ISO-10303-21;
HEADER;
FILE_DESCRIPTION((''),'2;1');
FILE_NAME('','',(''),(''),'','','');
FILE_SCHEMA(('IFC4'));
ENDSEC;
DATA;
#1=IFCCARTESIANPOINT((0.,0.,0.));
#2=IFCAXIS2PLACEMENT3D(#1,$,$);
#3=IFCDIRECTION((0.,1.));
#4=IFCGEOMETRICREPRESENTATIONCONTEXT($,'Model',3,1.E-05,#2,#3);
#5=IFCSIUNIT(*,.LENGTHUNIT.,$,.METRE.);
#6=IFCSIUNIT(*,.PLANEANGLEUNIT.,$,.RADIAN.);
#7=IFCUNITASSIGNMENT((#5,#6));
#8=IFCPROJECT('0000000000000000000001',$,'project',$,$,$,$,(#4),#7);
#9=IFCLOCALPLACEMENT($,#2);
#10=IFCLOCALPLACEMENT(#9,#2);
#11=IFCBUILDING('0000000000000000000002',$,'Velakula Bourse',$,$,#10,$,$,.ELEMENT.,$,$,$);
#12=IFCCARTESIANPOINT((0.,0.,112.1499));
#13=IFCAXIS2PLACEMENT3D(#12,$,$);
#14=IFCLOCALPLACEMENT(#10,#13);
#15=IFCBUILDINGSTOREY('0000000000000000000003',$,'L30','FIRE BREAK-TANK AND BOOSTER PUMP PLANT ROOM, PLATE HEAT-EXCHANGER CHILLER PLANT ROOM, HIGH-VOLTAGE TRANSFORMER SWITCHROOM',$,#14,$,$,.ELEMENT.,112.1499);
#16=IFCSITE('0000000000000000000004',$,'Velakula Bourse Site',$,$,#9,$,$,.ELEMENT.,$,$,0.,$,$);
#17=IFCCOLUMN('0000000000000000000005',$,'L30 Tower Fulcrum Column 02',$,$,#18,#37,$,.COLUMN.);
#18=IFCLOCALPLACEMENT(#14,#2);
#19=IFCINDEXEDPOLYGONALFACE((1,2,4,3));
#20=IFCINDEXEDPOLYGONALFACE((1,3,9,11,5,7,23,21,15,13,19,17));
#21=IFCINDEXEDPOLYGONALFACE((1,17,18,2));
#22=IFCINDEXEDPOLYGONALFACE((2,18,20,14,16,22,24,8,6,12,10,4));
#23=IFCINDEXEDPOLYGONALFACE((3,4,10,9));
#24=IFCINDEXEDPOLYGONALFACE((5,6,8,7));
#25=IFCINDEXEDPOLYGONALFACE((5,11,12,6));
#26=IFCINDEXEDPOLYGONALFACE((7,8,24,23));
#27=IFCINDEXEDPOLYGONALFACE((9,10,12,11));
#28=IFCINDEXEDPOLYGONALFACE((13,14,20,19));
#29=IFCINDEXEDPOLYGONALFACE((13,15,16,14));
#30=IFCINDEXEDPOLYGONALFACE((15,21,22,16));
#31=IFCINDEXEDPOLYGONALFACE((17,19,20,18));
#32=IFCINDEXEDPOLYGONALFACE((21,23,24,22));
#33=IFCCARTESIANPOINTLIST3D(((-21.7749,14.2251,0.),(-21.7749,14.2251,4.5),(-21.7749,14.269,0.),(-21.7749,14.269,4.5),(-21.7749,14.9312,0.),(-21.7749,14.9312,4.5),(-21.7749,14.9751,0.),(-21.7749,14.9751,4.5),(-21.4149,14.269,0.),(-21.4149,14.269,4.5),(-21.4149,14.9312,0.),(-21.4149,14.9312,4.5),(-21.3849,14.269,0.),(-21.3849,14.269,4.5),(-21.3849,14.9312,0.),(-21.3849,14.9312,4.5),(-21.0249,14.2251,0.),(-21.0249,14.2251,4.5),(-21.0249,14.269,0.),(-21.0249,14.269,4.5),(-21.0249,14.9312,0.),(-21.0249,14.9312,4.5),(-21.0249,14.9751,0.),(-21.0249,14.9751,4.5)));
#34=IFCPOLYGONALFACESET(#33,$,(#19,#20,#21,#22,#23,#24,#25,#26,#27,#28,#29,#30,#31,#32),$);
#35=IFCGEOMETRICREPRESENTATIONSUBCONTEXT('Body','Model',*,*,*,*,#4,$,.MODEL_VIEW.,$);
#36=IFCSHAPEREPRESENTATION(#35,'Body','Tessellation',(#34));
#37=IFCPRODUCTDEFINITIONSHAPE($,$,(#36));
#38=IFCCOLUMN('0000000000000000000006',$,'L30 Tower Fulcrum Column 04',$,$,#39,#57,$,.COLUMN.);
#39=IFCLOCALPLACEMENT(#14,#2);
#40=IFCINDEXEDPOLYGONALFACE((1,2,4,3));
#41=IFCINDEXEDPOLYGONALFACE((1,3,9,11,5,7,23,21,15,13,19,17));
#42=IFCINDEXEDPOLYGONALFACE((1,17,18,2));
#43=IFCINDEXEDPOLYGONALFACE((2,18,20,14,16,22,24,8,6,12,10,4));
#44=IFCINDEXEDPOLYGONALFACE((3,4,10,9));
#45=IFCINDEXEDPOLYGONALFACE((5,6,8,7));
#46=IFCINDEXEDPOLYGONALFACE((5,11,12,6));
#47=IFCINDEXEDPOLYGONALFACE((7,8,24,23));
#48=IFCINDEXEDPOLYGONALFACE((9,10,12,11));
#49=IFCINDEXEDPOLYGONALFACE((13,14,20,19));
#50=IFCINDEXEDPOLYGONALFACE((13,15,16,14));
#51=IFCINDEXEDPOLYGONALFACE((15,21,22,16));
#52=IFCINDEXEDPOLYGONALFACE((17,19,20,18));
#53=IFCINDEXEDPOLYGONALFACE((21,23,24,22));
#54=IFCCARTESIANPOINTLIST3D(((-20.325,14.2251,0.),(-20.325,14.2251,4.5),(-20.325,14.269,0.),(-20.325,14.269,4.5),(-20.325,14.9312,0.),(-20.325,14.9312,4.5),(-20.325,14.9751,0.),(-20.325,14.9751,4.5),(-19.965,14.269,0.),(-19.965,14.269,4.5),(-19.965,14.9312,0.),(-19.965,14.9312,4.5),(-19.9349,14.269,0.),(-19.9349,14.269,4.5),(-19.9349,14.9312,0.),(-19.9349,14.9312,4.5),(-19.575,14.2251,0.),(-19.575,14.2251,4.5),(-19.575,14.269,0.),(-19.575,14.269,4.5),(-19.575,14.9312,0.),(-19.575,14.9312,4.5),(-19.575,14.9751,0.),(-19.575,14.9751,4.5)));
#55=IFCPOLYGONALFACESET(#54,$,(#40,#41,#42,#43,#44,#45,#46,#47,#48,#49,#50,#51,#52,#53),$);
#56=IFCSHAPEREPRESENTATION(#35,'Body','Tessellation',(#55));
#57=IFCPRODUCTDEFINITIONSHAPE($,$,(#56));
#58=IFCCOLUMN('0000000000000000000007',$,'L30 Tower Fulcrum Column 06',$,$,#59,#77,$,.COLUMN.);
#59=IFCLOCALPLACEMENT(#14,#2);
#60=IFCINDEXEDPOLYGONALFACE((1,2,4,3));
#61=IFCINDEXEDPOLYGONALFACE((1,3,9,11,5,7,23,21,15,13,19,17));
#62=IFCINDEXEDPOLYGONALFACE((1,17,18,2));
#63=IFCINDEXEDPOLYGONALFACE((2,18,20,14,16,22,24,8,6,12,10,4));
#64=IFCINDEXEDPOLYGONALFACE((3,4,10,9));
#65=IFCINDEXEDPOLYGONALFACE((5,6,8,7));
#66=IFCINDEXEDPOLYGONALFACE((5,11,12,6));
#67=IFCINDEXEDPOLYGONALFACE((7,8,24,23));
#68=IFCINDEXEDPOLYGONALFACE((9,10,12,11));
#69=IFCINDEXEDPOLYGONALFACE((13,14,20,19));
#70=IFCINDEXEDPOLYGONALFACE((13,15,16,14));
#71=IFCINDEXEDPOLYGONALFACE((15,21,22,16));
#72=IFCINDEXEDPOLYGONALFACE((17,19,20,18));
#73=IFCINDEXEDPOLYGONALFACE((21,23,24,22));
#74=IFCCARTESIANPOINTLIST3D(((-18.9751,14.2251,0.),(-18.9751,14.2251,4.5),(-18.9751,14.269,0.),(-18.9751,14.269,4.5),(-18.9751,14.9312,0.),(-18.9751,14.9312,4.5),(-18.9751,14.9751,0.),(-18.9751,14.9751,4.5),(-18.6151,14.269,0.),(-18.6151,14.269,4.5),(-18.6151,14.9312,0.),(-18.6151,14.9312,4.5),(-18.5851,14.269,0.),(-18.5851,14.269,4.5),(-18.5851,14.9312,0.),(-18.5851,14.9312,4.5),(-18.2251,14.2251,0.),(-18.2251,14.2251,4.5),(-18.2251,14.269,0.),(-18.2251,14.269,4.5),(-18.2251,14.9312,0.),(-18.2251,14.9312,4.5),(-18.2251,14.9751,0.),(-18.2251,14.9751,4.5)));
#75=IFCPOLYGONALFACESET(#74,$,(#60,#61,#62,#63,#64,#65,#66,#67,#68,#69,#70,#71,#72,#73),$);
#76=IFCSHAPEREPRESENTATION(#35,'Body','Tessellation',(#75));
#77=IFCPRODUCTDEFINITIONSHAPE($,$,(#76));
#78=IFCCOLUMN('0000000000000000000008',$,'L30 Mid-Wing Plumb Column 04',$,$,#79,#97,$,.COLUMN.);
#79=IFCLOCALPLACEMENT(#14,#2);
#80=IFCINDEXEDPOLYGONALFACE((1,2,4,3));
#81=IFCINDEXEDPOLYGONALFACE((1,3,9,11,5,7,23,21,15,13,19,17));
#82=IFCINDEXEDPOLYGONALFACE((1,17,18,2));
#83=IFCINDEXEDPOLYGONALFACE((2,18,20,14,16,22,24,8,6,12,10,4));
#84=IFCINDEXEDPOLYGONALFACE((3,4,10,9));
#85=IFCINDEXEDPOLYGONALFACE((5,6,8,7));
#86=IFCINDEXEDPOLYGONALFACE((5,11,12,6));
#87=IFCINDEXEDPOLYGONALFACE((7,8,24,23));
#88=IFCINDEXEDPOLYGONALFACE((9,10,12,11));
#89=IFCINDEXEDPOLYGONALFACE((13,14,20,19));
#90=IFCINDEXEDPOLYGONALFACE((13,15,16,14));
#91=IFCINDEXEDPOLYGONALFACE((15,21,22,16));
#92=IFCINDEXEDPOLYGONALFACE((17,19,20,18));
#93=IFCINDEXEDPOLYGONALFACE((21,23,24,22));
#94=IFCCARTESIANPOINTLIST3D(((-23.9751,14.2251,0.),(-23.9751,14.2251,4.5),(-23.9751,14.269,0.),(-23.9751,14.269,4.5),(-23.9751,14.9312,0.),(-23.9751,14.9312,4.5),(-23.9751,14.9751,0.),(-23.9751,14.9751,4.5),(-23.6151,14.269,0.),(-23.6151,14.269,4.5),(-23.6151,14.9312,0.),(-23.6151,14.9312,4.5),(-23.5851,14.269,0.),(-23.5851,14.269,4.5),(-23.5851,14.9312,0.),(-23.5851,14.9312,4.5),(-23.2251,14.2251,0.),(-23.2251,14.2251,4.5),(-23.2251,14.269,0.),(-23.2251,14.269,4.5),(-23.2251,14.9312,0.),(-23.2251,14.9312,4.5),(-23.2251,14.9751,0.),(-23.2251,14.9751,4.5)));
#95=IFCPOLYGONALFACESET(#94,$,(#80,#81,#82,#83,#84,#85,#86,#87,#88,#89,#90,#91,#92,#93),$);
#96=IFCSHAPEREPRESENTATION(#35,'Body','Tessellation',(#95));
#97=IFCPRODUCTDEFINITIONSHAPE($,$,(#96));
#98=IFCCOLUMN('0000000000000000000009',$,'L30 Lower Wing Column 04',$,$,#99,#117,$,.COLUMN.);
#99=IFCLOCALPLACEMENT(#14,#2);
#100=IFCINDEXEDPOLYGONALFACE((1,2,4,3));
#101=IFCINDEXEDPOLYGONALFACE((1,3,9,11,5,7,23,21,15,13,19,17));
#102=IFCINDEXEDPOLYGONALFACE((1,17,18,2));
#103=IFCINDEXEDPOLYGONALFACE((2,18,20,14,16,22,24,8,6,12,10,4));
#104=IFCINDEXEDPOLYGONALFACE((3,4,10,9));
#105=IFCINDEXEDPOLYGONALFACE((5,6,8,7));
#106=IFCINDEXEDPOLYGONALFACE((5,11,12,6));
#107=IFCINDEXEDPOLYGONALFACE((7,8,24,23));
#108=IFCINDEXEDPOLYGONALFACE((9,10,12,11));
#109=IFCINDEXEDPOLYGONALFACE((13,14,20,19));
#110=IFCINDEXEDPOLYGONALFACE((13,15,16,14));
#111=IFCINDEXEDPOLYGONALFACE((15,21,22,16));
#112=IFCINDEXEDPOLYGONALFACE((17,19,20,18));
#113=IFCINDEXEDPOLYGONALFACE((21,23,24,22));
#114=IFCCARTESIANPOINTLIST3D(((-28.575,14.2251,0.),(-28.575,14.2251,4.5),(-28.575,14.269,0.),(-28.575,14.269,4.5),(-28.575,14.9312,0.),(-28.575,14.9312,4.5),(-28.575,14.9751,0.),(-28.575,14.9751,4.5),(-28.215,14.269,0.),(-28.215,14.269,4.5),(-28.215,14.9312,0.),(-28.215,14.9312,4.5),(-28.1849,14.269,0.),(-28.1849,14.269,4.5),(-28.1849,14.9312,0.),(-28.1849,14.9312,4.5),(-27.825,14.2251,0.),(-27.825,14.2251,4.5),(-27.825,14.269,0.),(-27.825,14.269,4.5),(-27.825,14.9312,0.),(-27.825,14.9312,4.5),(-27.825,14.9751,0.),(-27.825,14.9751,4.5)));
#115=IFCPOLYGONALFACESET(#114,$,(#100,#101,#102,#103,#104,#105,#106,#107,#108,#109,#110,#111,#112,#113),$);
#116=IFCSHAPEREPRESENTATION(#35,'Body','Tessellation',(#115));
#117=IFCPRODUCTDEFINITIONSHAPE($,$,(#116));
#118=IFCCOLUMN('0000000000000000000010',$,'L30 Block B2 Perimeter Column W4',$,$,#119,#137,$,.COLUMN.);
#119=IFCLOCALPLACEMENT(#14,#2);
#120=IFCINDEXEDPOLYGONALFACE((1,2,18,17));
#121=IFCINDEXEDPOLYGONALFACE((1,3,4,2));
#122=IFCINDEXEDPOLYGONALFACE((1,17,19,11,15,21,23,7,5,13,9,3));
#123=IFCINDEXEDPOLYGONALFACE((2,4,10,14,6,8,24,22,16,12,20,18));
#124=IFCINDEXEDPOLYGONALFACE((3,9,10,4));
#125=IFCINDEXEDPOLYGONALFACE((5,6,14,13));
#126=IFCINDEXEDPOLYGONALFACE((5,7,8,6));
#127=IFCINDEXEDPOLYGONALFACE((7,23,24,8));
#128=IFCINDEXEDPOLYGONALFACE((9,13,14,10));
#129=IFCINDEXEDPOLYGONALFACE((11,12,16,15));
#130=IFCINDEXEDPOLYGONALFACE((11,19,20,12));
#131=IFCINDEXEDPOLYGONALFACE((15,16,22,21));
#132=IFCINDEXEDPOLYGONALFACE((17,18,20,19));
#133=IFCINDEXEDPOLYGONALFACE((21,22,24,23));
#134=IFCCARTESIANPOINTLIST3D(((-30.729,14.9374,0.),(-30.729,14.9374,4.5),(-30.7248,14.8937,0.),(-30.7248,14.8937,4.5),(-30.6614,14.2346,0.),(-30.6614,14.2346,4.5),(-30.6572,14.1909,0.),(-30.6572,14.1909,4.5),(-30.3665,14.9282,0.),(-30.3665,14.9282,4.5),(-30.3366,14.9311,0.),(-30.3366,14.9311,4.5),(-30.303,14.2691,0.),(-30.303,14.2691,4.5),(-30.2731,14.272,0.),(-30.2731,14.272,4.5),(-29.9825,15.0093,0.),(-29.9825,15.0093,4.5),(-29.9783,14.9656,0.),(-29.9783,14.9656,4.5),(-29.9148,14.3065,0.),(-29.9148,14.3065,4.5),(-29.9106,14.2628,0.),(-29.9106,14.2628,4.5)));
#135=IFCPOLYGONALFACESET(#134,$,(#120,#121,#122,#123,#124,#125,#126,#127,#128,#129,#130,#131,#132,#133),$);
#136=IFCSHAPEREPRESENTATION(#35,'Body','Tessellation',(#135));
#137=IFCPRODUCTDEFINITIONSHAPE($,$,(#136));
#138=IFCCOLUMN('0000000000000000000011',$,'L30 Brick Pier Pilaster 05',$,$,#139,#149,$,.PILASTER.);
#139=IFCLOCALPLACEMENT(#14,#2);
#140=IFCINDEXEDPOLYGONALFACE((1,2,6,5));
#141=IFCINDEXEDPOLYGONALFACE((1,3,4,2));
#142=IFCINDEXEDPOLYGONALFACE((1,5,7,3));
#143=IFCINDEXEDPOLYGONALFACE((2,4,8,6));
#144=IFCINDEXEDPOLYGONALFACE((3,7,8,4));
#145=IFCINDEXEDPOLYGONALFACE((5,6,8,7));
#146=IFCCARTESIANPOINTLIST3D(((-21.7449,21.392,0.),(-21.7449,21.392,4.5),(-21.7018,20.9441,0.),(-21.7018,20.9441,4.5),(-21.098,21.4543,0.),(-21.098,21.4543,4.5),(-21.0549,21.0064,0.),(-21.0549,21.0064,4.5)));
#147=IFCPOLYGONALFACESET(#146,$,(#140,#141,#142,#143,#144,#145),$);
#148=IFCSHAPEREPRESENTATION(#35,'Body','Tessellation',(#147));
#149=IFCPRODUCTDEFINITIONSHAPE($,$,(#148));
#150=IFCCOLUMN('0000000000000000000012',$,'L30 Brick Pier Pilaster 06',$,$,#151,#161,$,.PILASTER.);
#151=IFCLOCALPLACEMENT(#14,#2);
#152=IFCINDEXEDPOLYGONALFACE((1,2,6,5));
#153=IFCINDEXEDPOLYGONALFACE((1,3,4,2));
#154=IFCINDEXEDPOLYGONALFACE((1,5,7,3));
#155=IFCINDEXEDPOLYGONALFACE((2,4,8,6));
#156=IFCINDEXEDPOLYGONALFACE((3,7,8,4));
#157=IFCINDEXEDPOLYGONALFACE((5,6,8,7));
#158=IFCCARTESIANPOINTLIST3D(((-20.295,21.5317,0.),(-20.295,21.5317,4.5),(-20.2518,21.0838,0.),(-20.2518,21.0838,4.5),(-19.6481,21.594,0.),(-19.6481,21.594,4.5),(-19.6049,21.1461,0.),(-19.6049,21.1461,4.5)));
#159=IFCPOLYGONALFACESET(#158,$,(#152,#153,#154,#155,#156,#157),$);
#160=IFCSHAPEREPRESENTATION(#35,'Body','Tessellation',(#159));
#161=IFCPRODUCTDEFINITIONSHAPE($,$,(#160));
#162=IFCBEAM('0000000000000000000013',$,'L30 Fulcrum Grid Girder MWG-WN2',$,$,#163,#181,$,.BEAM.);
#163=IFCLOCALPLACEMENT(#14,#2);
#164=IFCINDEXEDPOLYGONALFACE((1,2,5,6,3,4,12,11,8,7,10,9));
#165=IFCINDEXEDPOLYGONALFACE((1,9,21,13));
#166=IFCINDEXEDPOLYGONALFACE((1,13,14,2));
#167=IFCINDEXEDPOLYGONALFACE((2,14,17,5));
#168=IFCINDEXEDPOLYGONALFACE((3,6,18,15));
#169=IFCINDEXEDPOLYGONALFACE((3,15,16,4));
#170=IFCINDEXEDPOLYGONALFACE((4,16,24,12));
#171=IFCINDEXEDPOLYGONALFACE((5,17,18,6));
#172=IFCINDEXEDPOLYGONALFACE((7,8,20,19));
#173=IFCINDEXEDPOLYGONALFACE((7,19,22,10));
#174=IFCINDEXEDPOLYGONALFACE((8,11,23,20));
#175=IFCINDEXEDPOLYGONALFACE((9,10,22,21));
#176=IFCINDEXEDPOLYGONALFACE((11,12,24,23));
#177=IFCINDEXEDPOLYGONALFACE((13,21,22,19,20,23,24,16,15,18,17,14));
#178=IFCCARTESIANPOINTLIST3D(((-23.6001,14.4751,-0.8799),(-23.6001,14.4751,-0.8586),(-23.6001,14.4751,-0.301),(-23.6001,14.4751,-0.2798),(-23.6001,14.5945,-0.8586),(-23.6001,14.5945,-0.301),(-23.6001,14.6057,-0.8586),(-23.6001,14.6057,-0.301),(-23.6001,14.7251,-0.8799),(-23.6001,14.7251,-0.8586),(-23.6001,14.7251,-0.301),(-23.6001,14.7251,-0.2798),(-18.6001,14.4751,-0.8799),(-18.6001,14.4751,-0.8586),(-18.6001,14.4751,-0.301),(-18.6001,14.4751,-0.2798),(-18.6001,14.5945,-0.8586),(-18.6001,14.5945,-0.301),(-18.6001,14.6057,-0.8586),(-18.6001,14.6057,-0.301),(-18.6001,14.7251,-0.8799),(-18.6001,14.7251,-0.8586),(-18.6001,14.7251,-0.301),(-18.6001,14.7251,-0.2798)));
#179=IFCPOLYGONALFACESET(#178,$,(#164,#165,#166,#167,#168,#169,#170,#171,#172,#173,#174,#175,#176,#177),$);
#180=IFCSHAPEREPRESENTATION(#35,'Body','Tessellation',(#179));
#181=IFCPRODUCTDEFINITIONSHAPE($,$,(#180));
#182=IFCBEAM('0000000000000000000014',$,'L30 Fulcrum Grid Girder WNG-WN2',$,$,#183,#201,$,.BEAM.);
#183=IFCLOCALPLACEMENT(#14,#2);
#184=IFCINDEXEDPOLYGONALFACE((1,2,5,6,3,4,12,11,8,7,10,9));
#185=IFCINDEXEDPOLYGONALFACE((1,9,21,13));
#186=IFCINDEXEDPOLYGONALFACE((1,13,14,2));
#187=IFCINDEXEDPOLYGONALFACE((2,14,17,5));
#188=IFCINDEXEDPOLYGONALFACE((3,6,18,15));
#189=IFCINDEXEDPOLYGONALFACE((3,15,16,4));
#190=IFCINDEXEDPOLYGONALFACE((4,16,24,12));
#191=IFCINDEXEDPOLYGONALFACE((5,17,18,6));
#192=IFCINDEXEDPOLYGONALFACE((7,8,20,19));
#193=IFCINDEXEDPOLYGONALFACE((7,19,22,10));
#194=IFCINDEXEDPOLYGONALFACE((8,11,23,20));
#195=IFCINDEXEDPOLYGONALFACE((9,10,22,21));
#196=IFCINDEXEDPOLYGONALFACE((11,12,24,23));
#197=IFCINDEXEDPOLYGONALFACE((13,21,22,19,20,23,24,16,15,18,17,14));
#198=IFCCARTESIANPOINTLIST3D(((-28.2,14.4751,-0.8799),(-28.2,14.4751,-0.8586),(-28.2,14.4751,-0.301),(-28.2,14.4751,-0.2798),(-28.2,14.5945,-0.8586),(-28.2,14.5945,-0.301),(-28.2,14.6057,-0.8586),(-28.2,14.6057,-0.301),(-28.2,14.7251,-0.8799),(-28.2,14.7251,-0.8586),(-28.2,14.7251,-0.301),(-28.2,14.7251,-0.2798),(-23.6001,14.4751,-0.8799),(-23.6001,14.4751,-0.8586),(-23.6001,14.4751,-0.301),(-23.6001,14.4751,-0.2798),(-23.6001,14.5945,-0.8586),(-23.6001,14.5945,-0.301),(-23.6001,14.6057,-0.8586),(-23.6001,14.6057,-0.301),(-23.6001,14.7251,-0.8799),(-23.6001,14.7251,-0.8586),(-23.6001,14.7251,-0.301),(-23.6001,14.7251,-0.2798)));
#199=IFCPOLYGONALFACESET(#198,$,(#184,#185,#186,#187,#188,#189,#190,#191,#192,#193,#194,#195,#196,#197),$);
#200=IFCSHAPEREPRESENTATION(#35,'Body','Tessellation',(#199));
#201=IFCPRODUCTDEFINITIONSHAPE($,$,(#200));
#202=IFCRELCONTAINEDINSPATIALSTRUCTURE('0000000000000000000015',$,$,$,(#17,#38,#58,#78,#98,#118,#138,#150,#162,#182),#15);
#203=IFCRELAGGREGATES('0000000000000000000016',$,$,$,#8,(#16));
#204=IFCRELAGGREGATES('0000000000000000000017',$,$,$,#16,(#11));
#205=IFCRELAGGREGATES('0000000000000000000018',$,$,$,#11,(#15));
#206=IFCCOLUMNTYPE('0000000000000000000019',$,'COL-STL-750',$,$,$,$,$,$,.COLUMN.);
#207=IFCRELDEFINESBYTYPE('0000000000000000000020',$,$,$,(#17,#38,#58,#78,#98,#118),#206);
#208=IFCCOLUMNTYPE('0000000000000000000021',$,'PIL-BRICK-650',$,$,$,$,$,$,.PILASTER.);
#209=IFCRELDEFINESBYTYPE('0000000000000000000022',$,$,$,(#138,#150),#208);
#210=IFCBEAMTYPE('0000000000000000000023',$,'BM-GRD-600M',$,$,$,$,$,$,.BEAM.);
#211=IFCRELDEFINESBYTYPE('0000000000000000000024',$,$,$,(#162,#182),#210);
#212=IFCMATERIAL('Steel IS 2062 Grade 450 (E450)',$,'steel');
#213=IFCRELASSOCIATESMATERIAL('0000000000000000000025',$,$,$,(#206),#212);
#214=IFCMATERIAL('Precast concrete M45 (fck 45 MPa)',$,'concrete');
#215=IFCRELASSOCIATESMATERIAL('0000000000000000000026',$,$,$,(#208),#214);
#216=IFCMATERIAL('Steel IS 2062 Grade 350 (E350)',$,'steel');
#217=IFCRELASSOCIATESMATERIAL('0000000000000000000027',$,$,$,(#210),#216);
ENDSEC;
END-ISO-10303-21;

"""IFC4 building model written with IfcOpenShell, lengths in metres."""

from ifc_helpers import new_model, si_unit, direction, frame, origin, origin_2d, place, context, subcontext, project, spatial, rectangle, i_section, extrude, material, material_profile, profile_set, type_object, element, save


model = new_model("IFC4")

# Units and contexts
model_context = context("Model", 3, precision=1e-05, world=origin(), true_north=direction((0.0, 1.0)))
body_context = subcontext(model_context, "Body", "Model", "MODEL_VIEW")
ifc_project = project(units=[si_unit("LENGTHUNIT", "METRE"), si_unit("PLANEANGLEUNIT", "RADIAN")], contexts=[model_context])

# Site, building, storey
site_placement = place(None, origin())
site = spatial("IfcSite", under=ifc_project, at=site_placement, Name="Velakula Bourse Site", CompositionType="ELEMENT", RefElevation=0.0)
building_placement = place(site_placement, origin())
building = spatial("IfcBuilding", under=site, at=building_placement, Name="Velakula Bourse", CompositionType="ELEMENT")
storey_placement = place(building_placement, frame((0.0, 0.0, 112.1499)))
storey = spatial("IfcBuildingStorey", under=building, at=storey_placement, Name="L30", Description="FIRE BREAK-TANK AND BOOSTER PUMP PLANT ROOM, PLATE HEAT-EXCHANGER CHILLER PLANT ROOM, HIGH-VOLTAGE TRANSFORMER SWITCHROOM", CompositionType="ELEMENT", Elevation=112.1499)

# Columns
ifc_material_1 = material(Name="Steel IS 2062 Grade 450 (E450)", Category="steel")
ifc_material_profile_1 = material_profile(ifc_material_1, i_section(OverallWidth=0.75, OverallDepth=0.75, WebThickness=0.03, FlangeThickness=0.0439, at=origin_2d()), Name="Steel IS 2062 Grade 450 (E450)")
ifc_profile_set_1 = profile_set([ifc_material_profile_1], Name="Steel IS 2062 Grade 450 (E450)")
column_type_1 = type_object("IfcColumnType", Name="COL-STL-750", PredefinedType="COLUMN", material=ifc_profile_set_1)
for number, where, z_axis, x_axis, name in (
    (1, (-21.3999, 14.6001, 0.0), (0.0, 0.0, 1.0), (1.0, 0.0, 0.0), "L30 Tower Fulcrum Column 02"),
    (2, (-19.95, 14.6001, 0.0), (0.0, 0.0, 1.0), (1.0, 0.0, 0.0), "L30 Tower Fulcrum Column 04"),
    (3, (-18.6001, 14.6001, 0.0), (0.0, 0.0, 1.0), (1.0, 0.0, 0.0), "L30 Tower Fulcrum Column 06"),
    (4, (-23.6001, 14.6001, 0.0), (0.0, 0.0, 1.0), (1.0, 0.0, 0.0), "L30 Mid-Wing Plumb Column 04"),
    (5, (-28.2, 14.6001, 0.0), (0.0, 0.0, 1.0), (1.0, 0.0, 0.0), "L30 Lower Wing Column 04"),
    (6, (-30.3198, 14.6001, 0.0), (0.0, 0.0, 1.0), (0.995396, 0.095846, 0.0), "L30 Block B2 Perimeter Column W4"),
):
    element("IfcColumn", number, at=place(storey_placement, frame(where, z_axis=z_axis, x_axis=x_axis)), inside=storey, type_object=column_type_1, Name=name, PredefinedType="COLUMN", context=body_context, shape_type="SweptSolid", body=[
        extrude(i_section(OverallWidth=0.75, OverallDepth=0.75, WebThickness=0.03, FlangeThickness=0.0439, at=origin_2d()), origin(), (0.0, 0.0, 1.0), 4.5),
    ])
ifc_material_2 = material(Name="Precast concrete M45 (fck 45 MPa)", Category="concrete")
ifc_material_profile_2 = material_profile(ifc_material_2, rectangle(XDim=0.6499, YDim=0.45, at=origin_2d()), Name="Precast concrete M45 (fck 45 MPa)")
ifc_profile_set_2 = profile_set([ifc_material_profile_2], Name="Precast concrete M45 (fck 45 MPa)")
column_type_2 = type_object("IfcColumnType", Name="PIL-BRICK-650", PredefinedType="PILASTER", material=ifc_profile_set_2)
for number, where, z_axis, x_axis, name in (
    (7, (-21.3999, 21.1992, 0.0), (0.0, 0.0, 1.0), (0.995396, 0.095846, 0.0), "L30 Brick Pier Pilaster 05"),
    (8, (-19.95, 21.3389, 0.0), (0.0, 0.0, 1.0), (0.995396, 0.095846, 0.0), "L30 Brick Pier Pilaster 06"),
):
    element("IfcColumn", number, at=place(storey_placement, frame(where, z_axis=z_axis, x_axis=x_axis)), inside=storey, type_object=column_type_2, Name=name, PredefinedType="PILASTER", context=body_context, shape_type="SweptSolid", body=[
        extrude(rectangle(XDim=0.6499, YDim=0.45, at=origin_2d()), origin(), (0.0, 0.0, 1.0), 4.5),
    ])

# Beams
ifc_material_3 = material(Name="Steel IS 2062 Grade 350 (E350)", Category="steel")
ifc_material_profile_3 = material_profile(ifc_material_3, i_section(OverallWidth=0.25, OverallDepth=0.6001, WebThickness=0.0112, FlangeThickness=0.0212, at=origin_2d()), Name="Steel IS 2062 Grade 350 (E350)")
ifc_profile_set_3 = profile_set([ifc_material_profile_3], Name="Steel IS 2062 Grade 350 (E350)")
beam_type_1 = type_object("IfcBeamType", Name="BM-GRD-600M", PredefinedType="BEAM", material=ifc_profile_set_3)
beam_1_placement = place(storey_placement, frame((-23.6001, 14.6001, -0.5798), z_axis=(1.0, 0.0, 0.0), x_axis=(0.0, 1.0, 0.0)))
element("IfcBeam", 9, at=beam_1_placement, inside=storey, type_object=beam_type_1, Name="L30 Fulcrum Grid Girder MWG-WN2", PredefinedType="BEAM", context=body_context, shape_type="SweptSolid", body=[
    extrude(i_section(OverallWidth=0.25, OverallDepth=0.6001, WebThickness=0.0112, FlangeThickness=0.0212, at=origin_2d()), origin(), (0.0, 0.0, 1.0), 5.0),
])
beam_2_placement = place(storey_placement, frame((-28.2, 14.6001, -0.5798), z_axis=(1.0, 0.0, 0.0), x_axis=(0.0, 1.0, 0.0)))
element("IfcBeam", 10, at=beam_2_placement, inside=storey, type_object=beam_type_1, Name="L30 Fulcrum Grid Girder WNG-WN2", PredefinedType="BEAM", context=body_context, shape_type="SweptSolid", body=[
    extrude(i_section(OverallWidth=0.25, OverallDepth=0.6001, WebThickness=0.0112, FlangeThickness=0.0212, at=origin_2d()), origin(), (0.0, 0.0, 1.0), 4.5999),
])

save(model, "model.ifc")
